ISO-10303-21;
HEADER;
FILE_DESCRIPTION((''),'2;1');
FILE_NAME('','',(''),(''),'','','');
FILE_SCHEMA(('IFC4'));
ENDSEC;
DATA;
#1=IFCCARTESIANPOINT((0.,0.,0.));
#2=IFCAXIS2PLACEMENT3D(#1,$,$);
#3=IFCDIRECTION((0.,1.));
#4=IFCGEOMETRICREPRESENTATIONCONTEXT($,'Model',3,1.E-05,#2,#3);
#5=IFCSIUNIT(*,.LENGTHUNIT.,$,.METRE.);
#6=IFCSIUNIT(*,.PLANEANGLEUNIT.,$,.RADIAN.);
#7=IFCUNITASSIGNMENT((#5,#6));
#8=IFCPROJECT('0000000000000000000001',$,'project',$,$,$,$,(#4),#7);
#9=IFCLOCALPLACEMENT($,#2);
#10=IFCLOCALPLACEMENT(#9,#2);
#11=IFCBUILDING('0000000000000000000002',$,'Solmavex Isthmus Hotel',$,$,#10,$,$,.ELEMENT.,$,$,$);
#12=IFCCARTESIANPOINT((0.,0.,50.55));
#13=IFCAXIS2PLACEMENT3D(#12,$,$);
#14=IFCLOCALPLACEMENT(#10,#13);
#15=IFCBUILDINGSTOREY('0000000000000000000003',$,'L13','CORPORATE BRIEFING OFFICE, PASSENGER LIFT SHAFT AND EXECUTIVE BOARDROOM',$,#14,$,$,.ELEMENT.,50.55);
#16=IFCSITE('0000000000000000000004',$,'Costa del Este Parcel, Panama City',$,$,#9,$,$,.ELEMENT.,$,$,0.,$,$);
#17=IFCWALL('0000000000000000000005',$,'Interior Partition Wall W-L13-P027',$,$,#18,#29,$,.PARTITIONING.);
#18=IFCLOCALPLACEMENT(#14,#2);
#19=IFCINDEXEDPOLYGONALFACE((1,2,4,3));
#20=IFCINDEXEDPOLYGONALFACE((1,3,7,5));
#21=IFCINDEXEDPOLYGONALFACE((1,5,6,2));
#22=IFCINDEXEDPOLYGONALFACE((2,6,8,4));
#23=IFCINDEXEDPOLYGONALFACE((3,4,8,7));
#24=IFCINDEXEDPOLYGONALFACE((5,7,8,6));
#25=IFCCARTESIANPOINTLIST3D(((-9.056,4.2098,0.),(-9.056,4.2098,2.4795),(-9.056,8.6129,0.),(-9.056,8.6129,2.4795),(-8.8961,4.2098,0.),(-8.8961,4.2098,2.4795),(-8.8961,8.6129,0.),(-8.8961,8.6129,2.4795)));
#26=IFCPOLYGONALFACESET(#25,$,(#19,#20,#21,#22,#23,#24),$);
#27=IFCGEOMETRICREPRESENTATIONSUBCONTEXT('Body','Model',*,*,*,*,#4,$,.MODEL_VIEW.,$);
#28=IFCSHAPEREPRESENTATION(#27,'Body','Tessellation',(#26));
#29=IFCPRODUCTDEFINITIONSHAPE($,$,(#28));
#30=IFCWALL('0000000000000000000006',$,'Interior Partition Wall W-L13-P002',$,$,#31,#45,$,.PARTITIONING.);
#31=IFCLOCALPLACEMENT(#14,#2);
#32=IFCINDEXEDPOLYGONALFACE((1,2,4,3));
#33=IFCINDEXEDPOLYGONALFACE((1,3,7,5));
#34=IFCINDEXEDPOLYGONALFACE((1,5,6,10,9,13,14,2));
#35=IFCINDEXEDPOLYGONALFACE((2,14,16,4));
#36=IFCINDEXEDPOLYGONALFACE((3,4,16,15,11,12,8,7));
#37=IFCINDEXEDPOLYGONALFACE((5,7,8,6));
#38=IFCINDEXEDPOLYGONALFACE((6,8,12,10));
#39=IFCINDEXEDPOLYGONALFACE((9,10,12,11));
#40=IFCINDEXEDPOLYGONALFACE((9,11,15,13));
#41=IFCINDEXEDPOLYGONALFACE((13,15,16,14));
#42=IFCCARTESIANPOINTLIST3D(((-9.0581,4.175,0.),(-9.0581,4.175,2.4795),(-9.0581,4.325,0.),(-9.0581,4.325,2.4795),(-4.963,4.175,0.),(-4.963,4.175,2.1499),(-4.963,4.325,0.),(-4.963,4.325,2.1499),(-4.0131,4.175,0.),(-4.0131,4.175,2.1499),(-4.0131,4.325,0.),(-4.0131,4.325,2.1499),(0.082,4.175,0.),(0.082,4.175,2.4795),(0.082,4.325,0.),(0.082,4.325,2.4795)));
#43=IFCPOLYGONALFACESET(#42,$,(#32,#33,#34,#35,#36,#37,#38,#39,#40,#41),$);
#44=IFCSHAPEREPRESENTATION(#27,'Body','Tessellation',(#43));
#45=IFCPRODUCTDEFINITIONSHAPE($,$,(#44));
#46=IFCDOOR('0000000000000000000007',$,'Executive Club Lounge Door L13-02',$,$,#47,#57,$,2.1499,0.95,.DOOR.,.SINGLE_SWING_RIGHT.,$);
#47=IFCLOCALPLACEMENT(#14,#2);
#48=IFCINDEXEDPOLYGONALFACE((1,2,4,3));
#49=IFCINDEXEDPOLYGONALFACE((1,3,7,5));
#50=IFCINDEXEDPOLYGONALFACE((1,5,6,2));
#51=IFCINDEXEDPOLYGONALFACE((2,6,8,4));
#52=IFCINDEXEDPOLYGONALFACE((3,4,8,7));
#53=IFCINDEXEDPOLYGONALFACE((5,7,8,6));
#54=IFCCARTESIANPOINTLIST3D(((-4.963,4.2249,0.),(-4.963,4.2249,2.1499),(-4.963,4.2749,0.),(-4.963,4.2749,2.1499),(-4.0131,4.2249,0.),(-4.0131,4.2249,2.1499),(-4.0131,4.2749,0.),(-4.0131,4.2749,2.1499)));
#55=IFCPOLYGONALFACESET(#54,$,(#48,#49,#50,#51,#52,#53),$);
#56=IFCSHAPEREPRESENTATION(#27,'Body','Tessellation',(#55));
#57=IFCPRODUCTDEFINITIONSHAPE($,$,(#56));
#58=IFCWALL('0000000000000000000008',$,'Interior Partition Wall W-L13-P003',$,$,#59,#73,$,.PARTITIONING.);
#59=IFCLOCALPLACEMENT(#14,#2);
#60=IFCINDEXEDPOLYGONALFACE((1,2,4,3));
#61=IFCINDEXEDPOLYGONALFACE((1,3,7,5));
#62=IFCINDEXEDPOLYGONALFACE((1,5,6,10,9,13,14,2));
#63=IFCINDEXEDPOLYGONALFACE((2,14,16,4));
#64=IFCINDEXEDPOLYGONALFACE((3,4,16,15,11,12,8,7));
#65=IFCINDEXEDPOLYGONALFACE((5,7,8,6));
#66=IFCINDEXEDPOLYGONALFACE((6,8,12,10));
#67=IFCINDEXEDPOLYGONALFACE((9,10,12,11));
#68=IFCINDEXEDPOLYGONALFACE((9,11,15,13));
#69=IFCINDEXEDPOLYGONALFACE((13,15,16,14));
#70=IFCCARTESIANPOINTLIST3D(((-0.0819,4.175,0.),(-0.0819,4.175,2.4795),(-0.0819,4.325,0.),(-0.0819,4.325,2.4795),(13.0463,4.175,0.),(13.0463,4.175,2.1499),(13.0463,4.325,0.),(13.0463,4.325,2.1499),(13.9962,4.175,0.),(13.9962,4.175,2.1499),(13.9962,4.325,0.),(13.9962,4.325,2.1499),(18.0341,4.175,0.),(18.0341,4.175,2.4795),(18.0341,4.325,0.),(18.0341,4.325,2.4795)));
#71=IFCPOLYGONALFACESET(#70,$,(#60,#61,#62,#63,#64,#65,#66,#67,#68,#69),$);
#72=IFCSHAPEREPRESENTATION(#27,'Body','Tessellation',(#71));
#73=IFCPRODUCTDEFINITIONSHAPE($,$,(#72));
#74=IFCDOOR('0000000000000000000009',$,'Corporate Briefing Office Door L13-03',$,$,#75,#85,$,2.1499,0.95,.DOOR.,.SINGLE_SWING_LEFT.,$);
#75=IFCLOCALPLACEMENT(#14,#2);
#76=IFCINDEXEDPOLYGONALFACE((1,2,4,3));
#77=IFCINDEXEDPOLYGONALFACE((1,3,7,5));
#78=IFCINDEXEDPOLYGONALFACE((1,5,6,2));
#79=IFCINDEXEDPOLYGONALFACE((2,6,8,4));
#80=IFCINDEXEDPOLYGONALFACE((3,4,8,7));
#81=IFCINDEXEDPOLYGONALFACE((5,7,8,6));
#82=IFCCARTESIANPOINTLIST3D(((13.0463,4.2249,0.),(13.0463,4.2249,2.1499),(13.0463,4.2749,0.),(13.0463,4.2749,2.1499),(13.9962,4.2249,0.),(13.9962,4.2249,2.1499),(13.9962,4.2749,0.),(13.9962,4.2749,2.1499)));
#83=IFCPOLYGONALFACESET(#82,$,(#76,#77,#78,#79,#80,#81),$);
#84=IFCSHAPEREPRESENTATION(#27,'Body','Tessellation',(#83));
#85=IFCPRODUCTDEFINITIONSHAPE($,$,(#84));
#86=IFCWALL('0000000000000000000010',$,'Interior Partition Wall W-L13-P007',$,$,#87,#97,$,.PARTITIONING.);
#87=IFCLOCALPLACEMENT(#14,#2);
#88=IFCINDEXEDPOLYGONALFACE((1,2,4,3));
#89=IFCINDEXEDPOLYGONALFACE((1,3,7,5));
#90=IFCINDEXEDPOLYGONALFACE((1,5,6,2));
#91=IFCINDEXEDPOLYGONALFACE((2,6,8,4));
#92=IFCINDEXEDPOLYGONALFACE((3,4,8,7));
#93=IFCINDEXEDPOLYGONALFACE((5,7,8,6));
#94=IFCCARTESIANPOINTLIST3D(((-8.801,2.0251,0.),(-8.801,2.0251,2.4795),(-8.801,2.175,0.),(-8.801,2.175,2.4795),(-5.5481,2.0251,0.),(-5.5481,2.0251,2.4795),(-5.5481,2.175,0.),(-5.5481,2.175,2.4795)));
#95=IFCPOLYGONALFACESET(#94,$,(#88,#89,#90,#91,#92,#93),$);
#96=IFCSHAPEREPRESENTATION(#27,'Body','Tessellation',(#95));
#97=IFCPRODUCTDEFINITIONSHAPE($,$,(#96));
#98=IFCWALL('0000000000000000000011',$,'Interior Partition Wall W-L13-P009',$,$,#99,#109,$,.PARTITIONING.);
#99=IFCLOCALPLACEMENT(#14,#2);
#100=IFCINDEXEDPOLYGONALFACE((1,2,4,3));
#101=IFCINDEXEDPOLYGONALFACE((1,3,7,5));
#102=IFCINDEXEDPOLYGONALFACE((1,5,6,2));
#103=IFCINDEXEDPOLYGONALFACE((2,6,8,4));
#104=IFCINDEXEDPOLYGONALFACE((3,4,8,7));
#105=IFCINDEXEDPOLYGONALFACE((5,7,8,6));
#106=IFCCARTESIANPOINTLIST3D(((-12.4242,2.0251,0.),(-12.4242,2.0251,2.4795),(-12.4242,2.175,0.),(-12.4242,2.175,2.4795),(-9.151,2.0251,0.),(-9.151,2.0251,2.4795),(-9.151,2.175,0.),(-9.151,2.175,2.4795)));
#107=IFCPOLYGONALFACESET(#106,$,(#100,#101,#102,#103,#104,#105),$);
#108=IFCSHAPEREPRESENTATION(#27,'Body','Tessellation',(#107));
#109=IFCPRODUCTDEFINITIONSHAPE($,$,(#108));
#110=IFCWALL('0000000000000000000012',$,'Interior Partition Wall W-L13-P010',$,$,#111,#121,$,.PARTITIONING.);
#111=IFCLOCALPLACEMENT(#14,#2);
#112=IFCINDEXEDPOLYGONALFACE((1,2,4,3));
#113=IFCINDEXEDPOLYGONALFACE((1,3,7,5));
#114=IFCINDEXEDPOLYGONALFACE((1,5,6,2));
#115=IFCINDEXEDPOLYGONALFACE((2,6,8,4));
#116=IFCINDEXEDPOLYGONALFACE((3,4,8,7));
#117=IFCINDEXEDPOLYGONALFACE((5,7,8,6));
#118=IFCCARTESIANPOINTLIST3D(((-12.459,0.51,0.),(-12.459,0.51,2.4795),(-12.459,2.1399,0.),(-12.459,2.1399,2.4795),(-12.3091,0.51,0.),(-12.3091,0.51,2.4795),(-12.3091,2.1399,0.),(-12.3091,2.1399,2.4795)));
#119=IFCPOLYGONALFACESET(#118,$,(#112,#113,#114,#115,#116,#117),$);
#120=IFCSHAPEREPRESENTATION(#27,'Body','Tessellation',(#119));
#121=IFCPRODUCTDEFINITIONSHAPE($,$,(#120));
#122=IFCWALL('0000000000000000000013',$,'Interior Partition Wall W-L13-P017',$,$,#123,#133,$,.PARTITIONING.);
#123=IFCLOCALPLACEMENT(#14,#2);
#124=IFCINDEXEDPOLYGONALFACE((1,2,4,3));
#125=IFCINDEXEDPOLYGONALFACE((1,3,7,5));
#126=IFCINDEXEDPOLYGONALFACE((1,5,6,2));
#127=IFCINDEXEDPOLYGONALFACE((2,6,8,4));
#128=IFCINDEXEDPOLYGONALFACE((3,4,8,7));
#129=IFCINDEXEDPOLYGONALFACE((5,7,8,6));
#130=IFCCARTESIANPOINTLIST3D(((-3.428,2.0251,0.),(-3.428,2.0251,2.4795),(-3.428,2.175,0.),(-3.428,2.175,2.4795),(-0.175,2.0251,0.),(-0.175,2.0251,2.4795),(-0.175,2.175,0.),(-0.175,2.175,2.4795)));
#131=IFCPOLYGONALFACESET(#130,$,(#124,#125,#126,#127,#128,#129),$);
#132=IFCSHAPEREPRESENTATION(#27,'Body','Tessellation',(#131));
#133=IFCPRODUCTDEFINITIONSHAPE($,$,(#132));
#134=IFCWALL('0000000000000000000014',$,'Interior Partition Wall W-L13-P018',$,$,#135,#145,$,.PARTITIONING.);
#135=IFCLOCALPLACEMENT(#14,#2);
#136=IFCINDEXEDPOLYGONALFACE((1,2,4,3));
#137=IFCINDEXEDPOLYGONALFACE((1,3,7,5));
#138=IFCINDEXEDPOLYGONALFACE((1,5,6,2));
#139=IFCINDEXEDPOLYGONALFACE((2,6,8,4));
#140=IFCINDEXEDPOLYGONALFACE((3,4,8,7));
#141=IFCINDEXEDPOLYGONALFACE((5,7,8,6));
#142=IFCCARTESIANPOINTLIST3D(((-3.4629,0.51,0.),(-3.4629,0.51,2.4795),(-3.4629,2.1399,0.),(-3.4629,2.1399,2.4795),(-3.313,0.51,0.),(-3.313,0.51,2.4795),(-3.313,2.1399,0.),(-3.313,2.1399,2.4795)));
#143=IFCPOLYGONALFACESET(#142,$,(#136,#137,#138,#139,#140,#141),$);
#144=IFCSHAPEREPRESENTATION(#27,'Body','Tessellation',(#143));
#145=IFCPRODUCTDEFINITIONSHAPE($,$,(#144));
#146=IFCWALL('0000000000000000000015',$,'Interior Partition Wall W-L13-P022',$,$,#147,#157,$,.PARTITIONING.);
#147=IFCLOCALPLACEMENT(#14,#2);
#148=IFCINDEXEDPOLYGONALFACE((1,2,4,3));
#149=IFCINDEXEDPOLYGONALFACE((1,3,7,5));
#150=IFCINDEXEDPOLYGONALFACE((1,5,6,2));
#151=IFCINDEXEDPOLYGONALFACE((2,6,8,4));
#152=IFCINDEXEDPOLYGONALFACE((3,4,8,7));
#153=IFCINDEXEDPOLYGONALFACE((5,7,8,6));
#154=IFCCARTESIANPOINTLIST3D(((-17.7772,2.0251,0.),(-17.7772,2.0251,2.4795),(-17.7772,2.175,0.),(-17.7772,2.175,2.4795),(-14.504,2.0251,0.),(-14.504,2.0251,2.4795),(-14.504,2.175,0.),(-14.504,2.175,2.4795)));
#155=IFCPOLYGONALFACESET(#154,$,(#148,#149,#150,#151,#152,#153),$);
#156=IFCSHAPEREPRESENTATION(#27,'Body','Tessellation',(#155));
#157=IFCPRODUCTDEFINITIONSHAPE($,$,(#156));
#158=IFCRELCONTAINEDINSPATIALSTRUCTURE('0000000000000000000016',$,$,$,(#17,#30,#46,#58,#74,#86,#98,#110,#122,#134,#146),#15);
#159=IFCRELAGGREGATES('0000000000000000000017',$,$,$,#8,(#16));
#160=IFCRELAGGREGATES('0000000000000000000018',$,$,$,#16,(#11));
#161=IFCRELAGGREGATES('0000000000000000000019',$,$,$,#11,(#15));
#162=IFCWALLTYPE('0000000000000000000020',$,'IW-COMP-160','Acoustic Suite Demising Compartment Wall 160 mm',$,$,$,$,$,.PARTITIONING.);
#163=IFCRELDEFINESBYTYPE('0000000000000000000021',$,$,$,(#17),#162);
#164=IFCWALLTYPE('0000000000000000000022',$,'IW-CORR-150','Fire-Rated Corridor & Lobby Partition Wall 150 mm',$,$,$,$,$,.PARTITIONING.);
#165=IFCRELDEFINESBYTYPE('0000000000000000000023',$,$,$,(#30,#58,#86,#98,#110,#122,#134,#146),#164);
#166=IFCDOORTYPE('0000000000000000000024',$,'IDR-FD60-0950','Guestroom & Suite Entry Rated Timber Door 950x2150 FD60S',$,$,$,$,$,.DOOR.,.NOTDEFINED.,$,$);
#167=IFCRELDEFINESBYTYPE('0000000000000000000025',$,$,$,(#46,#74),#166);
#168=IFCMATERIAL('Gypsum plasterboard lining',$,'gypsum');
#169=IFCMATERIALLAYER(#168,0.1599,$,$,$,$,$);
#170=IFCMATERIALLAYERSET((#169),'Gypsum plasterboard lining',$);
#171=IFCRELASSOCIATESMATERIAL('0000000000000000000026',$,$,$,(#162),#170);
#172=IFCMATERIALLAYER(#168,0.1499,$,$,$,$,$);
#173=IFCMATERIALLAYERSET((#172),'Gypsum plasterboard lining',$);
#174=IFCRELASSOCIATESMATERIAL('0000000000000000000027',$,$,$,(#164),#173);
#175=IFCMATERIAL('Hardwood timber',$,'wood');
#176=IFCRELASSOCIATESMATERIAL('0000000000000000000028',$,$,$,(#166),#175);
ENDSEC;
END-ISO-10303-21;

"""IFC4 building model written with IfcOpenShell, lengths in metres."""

from ifc_helpers import new_model, si_unit, direction, frame, frame_2d, origin, place, context, subcontext, project, spatial, rectangle, extrude, material, layer, layer_set, type_object, element, fill, save


model = new_model("IFC4")

# Units and contexts
model_context = context("Model", 3, precision=1e-05, world=origin(), true_north=direction((0.0, 1.0)))
body_context = subcontext(model_context, "Body", "Model", "MODEL_VIEW")
ifc_project = project(units=[si_unit("LENGTHUNIT", "METRE"), si_unit("PLANEANGLEUNIT", "RADIAN")], contexts=[model_context])

# Site, building, storey
site_placement = place(None, origin())
site = spatial("IfcSite", under=ifc_project, at=site_placement, Name="Costa del Este Parcel, Panama City", CompositionType="ELEMENT", RefElevation=0.0)
building_placement = place(site_placement, origin())
building = spatial("IfcBuilding", under=site, at=building_placement, Name="Solmavex Isthmus Hotel", CompositionType="ELEMENT")
storey_placement = place(building_placement, frame((0.0, 0.0, 50.55)))
storey = spatial("IfcBuildingStorey", under=building, at=storey_placement, Name="L13", Description="CORPORATE BRIEFING OFFICE, PASSENGER LIFT SHAFT AND EXECUTIVE BOARDROOM", CompositionType="ELEMENT", Elevation=50.55)

# Wall
ifc_material_1 = material(Name="Gypsum plasterboard lining", Category="gypsum")
ifc_layer_1 = layer(ifc_material_1, 0.1599)
ifc_layer_set_1 = layer_set([ifc_layer_1], Name="Gypsum plasterboard lining")
wall_type_1 = type_object("IfcWallType", Name="IW-COMP-160", Description="Acoustic Suite Demising Compartment Wall 160 mm", PredefinedType="PARTITIONING", material=ifc_layer_set_1)
wall_1_placement = place(storey_placement, frame((-8.9761, 8.613, 0.0), z_axis=(0.0, 0.0, 1.0), x_axis=(0.0, -1.0, 0.0)))
element("IfcWall", 1, at=wall_1_placement, inside=storey, type_object=wall_type_1, Name="Interior Partition Wall W-L13-P027", PredefinedType="PARTITIONING", context=body_context, shape_type="SweptSolid", body=[
    extrude(rectangle(XDim=4.4031, YDim=0.1599, at=frame_2d((2.2017, 0.0))), origin(), (0.0, 0.0, 1.0), 2.4795),
])

# Walls, openings, doors
ifc_layer_2 = layer(ifc_material_1, 0.1499)
ifc_layer_set_2 = layer_set([ifc_layer_2], Name="Gypsum plasterboard lining")
wall_type_2 = type_object("IfcWallType", Name="IW-CORR-150", Description="Fire-Rated Corridor & Lobby Partition Wall 150 mm", PredefinedType="PARTITIONING", material=ifc_layer_set_2)
wall_2_placement = place(storey_placement, frame((-9.0581, 4.25, 0.0), z_axis=(0.0, 0.0, 1.0), x_axis=(1.0, 0.0, 0.0)))
wall_2 = element("IfcWall", 2, at=wall_2_placement, inside=storey, type_object=wall_type_2, Name="Interior Partition Wall W-L13-P002", PredefinedType="PARTITIONING", context=body_context, shape_type="SweptSolid", body=[
    extrude(rectangle(XDim=9.1401, YDim=0.1499, at=frame_2d((4.5701, 0.0))), origin(), (0.0, 0.0, 1.0), 2.4795),
])
opening_1_placement = place(wall_2_placement, frame((4.095, 0.0, 0.0)))
opening_1 = element("IfcOpeningElement", 3, at=opening_1_placement, cuts=wall_2, PredefinedType="OPENING", context=body_context, shape_type="SweptSolid", body=[
    extrude(rectangle(XDim=0.95, YDim=2.1499, at=frame_2d((0.4751, 1.075))), frame((0.0, 0.085, 0.0), z_axis=(0.0, -1.0, 0.0), x_axis=(1.0, 0.0, 0.0)), (0.0, 0.0, 1.0), 0.1699),
])
ifc_material_2 = material(Name="Hardwood timber", Category="wood")
door_type = type_object("IfcDoorType", Name="IDR-FD60-0950", Description="Guestroom & Suite Entry Rated Timber Door 950x2150 FD60S", OperationType="NOTDEFINED", PredefinedType="DOOR", material=ifc_material_2)
door_1_placement = place(opening_1_placement, origin())
door_1 = element("IfcDoor", 4, at=door_1_placement, inside=storey, type_object=door_type, Name="Executive Club Lounge Door L13-02", OperationType="SINGLE_SWING_RIGHT", OverallHeight=2.1499, OverallWidth=0.95, PredefinedType="DOOR", context=body_context, shape_type="SweptSolid", body=[
    extrude(rectangle(XDim=0.95, YDim=2.1499, at=frame_2d((0.4751, 1.075))), frame((0.0, 0.0249, 0.0), z_axis=(0.0, -1.0, 0.0), x_axis=(1.0, 0.0, 0.0)), (0.0, 0.0, 1.0), 0.05),
])
fill(opening_1, door_1)
wall_3_placement = place(storey_placement, frame((-0.082, 4.25, 0.0), z_axis=(0.0, 0.0, 1.0), x_axis=(1.0, 0.0, 0.0)))
wall_3 = element("IfcWall", 5, at=wall_3_placement, inside=storey, type_object=wall_type_2, Name="Interior Partition Wall W-L13-P003", PredefinedType="PARTITIONING", context=body_context, shape_type="SweptSolid", body=[
    extrude(rectangle(XDim=18.116, YDim=0.1499, at=frame_2d((9.0581, 0.0))), origin(), (0.0, 0.0, 1.0), 2.4795),
])
opening_2_placement = place(wall_3_placement, frame((13.1282, 0.0, 0.0)))
opening_2 = element("IfcOpeningElement", 6, at=opening_2_placement, cuts=wall_3, PredefinedType="OPENING", context=body_context, shape_type="SweptSolid", body=[
    extrude(rectangle(XDim=0.95, YDim=2.1499, at=frame_2d((0.4751, 1.075))), frame((0.0, 0.085, 0.0), z_axis=(0.0, -1.0, 0.0), x_axis=(1.0, 0.0, 0.0)), (0.0, 0.0, 1.0), 0.1699),
])
door_2_placement = place(opening_2_placement, origin())
door_2 = element("IfcDoor", 7, at=door_2_placement, inside=storey, type_object=door_type, Name="Corporate Briefing Office Door L13-03", OperationType="SINGLE_SWING_LEFT", OverallHeight=2.1499, OverallWidth=0.95, PredefinedType="DOOR", context=body_context, shape_type="SweptSolid", body=[
    extrude(rectangle(XDim=0.95, YDim=2.1499, at=frame_2d((0.4751, 1.075))), frame((0.0, 0.0249, 0.0), z_axis=(0.0, -1.0, 0.0), x_axis=(1.0, 0.0, 0.0)), (0.0, 0.0, 1.0), 0.05),
])
fill(opening_2, door_2)

# Walls
wall_4_placement = place(storey_placement, frame((-5.5481, 2.1001, 0.0), z_axis=(0.0, 0.0, 1.0), x_axis=(-1.0, 0.0, 0.0)))
element("IfcWall", 8, at=wall_4_placement, inside=storey, type_object=wall_type_2, Name="Interior Partition Wall W-L13-P007", PredefinedType="PARTITIONING", context=body_context, shape_type="SweptSolid", body=[
    extrude(rectangle(XDim=3.2529, YDim=0.1499, at=frame_2d((1.6265, 0.0))), origin(), (0.0, 0.0, 1.0), 2.4795),
])
wall_5_placement = place(storey_placement, frame((-9.1509, 2.1001, 0.0), z_axis=(0.0, 0.0, 1.0), x_axis=(-1.0, 0.0, 0.0)))
element("IfcWall", 9, at=wall_5_placement, inside=storey, type_object=wall_type_2, Name="Interior Partition Wall W-L13-P009", PredefinedType="PARTITIONING", context=body_context, shape_type="SweptSolid", body=[
    extrude(rectangle(XDim=3.2732, YDim=0.1499, at=frame_2d((1.6367, 0.0))), origin(), (0.0, 0.0, 1.0), 2.4795),
])
wall_6_placement = place(storey_placement, frame((-12.384, 2.1399, 0.0), z_axis=(0.0, 0.0, 1.0), x_axis=(0.0, -1.0, 0.0)))
element("IfcWall", 10, at=wall_6_placement, inside=storey, type_object=wall_type_2, Name="Interior Partition Wall W-L13-P010", PredefinedType="PARTITIONING", context=body_context, shape_type="SweptSolid", body=[
    extrude(rectangle(XDim=1.6299, YDim=0.1499, at=frame_2d((0.8149, 0.0))), origin(), (0.0, 0.0, 1.0), 2.4795),
])
wall_7_placement = place(storey_placement, frame((-0.175, 2.1001, 0.0), z_axis=(0.0, 0.0, 1.0), x_axis=(-1.0, 0.0, 0.0)))
element("IfcWall", 11, at=wall_7_placement, inside=storey, type_object=wall_type_2, Name="Interior Partition Wall W-L13-P017", PredefinedType="PARTITIONING", context=body_context, shape_type="SweptSolid", body=[
    extrude(rectangle(XDim=3.2529, YDim=0.1499, at=frame_2d((1.6265, 0.0))), origin(), (0.0, 0.0, 1.0), 2.4795),
])
wall_8_placement = place(storey_placement, frame((-3.3879, 2.1399, 0.0), z_axis=(0.0, 0.0, 1.0), x_axis=(0.0, -1.0, 0.0)))
element("IfcWall", 12, at=wall_8_placement, inside=storey, type_object=wall_type_2, Name="Interior Partition Wall W-L13-P018", PredefinedType="PARTITIONING", context=body_context, shape_type="SweptSolid", body=[
    extrude(rectangle(XDim=1.6299, YDim=0.1499, at=frame_2d((0.8149, 0.0))), origin(), (0.0, 0.0, 1.0), 2.4795),
])
wall_9_placement = place(storey_placement, frame((-14.5039, 2.1001, 0.0), z_axis=(0.0, 0.0, 1.0), x_axis=(-1.0, 0.0, 0.0)))
element("IfcWall", 13, at=wall_9_placement, inside=storey, type_object=wall_type_2, Name="Interior Partition Wall W-L13-P022", PredefinedType="PARTITIONING", context=body_context, shape_type="SweptSolid", body=[
    extrude(rectangle(XDim=3.2732, YDim=0.1499, at=frame_2d((1.6367, 0.0))), origin(), (0.0, 0.0, 1.0), 2.4795),
])

save(model, "model.ifc")
